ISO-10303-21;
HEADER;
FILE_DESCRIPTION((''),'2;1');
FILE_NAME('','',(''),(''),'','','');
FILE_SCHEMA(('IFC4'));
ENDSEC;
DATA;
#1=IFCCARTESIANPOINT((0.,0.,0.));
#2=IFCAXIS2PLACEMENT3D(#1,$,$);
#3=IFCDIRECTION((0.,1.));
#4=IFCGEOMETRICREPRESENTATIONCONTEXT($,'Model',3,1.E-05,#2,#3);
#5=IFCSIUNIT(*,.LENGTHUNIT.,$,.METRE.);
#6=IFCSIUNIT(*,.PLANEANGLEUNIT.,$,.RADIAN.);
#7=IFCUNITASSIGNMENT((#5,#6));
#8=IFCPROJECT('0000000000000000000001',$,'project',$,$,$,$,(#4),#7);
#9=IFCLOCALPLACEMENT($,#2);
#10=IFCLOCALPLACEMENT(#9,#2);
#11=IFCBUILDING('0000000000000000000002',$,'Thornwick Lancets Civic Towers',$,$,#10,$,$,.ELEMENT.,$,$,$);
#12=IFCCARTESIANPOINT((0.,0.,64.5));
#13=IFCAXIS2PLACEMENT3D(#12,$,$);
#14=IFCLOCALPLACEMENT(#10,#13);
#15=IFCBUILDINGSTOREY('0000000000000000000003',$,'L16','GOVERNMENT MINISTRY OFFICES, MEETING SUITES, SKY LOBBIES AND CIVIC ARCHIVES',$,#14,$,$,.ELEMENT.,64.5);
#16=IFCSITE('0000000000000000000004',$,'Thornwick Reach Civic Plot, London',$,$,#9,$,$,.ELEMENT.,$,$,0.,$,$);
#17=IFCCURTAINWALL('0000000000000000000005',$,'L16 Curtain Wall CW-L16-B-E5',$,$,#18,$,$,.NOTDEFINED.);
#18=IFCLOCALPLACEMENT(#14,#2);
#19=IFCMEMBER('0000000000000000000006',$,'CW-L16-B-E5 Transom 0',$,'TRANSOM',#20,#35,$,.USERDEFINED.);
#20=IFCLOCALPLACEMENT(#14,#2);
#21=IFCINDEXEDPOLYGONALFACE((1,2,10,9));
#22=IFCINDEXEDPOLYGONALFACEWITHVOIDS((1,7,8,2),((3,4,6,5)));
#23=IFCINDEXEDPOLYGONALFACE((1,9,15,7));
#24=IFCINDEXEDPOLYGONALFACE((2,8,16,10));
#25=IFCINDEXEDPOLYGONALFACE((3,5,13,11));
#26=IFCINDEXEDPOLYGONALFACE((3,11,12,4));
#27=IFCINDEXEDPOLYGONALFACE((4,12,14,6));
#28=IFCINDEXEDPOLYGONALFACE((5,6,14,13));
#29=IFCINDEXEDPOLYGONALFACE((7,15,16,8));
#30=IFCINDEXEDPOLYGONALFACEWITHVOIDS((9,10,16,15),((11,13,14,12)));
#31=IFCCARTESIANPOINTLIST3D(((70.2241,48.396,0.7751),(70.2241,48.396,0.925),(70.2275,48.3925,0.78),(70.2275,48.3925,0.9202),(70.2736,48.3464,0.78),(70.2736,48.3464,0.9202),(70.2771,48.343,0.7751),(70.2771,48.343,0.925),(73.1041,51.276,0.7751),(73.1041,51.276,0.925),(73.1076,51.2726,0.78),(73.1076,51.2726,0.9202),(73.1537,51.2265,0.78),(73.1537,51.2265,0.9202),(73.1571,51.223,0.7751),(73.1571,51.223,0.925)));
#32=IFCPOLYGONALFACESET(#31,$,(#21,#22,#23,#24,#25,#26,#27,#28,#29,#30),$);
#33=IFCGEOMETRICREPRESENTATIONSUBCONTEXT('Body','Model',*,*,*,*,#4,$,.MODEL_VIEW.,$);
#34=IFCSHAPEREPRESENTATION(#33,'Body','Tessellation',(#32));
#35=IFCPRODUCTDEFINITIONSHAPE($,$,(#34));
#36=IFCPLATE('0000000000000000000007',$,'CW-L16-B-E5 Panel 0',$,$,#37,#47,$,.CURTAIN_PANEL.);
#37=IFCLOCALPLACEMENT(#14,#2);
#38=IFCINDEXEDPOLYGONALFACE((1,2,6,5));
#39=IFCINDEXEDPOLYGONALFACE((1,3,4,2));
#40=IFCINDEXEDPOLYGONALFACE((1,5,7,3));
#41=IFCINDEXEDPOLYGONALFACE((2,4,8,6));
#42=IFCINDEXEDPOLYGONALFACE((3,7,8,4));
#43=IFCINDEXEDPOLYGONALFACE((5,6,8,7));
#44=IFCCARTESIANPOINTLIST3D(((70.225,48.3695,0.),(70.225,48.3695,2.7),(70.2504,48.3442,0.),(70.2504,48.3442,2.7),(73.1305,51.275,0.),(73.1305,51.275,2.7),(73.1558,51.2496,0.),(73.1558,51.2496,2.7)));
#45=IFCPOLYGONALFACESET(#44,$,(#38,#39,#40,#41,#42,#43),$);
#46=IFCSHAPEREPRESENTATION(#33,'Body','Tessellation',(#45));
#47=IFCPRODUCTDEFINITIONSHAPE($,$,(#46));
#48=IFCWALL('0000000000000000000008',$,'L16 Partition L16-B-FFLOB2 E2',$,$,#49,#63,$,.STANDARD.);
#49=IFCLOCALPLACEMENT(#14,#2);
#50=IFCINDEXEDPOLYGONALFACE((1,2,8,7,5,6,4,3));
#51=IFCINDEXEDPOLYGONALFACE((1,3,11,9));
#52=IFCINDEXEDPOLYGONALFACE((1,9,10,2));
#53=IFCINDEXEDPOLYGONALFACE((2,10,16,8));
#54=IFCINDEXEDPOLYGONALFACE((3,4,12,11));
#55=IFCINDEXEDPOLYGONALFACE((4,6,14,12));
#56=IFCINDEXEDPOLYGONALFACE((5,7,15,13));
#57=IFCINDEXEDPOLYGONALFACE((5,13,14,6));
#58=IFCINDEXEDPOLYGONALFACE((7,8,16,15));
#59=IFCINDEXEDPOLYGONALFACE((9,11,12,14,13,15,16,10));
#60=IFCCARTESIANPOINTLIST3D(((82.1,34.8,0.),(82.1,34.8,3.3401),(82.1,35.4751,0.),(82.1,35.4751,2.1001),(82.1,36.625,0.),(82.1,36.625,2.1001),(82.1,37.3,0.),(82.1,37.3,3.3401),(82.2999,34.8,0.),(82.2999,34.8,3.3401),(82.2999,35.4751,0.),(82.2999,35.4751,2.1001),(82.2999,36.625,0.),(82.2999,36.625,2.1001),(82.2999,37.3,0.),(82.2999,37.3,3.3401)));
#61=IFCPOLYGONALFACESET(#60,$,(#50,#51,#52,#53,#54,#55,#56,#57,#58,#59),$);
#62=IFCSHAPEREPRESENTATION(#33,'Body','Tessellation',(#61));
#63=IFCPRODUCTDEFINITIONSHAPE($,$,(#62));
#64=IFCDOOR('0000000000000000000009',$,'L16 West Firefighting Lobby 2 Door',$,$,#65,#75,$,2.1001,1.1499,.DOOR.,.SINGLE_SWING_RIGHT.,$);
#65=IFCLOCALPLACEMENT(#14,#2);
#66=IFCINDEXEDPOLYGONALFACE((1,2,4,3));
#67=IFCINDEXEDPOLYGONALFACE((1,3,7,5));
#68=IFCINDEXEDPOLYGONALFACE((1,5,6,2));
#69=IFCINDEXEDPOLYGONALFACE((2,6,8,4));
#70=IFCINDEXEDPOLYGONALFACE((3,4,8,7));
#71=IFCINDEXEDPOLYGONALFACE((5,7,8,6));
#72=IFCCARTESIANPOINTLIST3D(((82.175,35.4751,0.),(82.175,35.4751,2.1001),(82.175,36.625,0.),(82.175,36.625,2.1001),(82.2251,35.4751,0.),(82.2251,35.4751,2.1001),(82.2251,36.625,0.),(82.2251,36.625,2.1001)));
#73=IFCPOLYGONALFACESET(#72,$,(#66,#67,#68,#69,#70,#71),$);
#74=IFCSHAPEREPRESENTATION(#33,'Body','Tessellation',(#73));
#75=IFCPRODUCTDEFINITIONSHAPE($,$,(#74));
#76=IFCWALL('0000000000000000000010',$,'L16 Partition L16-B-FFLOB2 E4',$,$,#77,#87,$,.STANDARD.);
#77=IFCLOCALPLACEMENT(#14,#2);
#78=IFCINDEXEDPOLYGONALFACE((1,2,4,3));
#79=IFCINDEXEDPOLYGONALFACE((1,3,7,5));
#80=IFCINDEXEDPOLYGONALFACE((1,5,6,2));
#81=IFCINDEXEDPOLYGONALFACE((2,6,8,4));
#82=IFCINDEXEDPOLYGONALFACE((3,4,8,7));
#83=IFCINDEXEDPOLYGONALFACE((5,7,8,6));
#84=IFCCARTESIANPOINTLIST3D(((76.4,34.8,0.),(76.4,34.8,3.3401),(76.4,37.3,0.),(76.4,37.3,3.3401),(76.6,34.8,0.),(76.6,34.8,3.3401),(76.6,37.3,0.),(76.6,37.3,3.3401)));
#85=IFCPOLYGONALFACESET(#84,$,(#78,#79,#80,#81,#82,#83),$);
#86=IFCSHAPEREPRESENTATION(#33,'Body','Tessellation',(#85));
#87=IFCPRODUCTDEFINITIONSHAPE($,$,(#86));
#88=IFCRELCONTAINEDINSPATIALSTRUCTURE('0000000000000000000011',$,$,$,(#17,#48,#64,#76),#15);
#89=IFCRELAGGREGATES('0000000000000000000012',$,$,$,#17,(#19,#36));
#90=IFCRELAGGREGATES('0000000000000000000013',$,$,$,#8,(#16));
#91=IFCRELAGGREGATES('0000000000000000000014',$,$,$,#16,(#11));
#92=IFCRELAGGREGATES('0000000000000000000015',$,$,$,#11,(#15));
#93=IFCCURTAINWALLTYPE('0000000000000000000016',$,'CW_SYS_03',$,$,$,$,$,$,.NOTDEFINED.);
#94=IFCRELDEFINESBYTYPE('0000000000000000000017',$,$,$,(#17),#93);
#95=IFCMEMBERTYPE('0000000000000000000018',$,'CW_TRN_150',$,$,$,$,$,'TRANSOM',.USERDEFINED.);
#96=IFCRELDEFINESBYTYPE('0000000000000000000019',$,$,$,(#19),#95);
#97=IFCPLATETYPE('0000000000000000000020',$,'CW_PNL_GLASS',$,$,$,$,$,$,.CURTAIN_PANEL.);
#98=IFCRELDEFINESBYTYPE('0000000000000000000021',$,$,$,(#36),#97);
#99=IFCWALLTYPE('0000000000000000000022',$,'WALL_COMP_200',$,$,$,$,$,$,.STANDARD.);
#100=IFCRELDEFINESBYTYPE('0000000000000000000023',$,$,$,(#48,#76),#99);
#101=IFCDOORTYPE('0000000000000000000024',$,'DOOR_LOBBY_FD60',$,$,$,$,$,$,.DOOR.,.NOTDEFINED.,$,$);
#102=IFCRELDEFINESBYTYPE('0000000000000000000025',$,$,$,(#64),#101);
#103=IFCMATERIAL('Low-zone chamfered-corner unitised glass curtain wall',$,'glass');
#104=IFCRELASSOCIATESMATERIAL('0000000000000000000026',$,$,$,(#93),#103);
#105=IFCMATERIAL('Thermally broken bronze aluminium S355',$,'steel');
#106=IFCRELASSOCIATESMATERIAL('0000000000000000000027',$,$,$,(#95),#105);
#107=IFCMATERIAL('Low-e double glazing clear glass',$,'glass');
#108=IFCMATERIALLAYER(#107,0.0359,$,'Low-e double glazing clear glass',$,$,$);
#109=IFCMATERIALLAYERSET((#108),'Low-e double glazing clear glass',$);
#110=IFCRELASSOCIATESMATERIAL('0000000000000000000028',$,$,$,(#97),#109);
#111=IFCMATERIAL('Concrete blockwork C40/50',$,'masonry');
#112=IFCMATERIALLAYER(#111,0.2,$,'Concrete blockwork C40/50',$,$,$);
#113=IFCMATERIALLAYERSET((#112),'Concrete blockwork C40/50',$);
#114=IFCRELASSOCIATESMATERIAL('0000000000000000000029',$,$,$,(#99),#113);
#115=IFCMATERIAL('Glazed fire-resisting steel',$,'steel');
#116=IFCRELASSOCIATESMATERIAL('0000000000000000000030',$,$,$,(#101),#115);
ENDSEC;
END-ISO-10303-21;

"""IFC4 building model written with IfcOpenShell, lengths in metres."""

from ifc_helpers import new_model, si_unit, direction, frame, frame_2d, origin, origin_2d, place, context, subcontext, project, spatial, rectangle, hollow_rectangle, extrude, material, layer, layer_set, material_profile, profile_set, type_object, element, fill, aggregate, save


model = new_model("IFC4")

# Units and contexts
model_context = context("Model", 3, precision=1e-05, world=origin(), true_north=direction((0.0, 1.0)))
body_context = subcontext(model_context, "Body", "Model", "MODEL_VIEW")
ifc_project = project(units=[si_unit("LENGTHUNIT", "METRE"), si_unit("PLANEANGLEUNIT", "RADIAN")], contexts=[model_context])

# Site, building, storey
site_placement = place(None, origin())
site = spatial("IfcSite", under=ifc_project, at=site_placement, Name="Thornwick Reach Civic Plot, London", CompositionType="ELEMENT", RefElevation=0.0)
building_placement = place(site_placement, origin())
building = spatial("IfcBuilding", under=site, at=building_placement, Name="Thornwick Lancets Civic Towers", CompositionType="ELEMENT")
storey_placement = place(building_placement, frame((0.0, 0.0, 64.5)))
storey = spatial("IfcBuildingStorey", under=building, at=storey_placement, Name="L16", Description="GOVERNMENT MINISTRY OFFICES, MEETING SUITES, SKY LOBBIES AND CIVIC ARCHIVES", CompositionType="ELEMENT", Elevation=64.5)

# Curtain wall, member, plate
ifc_material_1 = material(Name="Low-zone chamfered-corner unitised glass curtain wall", Category="glass")
curtain_wall_type = type_object("IfcCurtainWallType", Name="CW_SYS_03", PredefinedType="NOTDEFINED", material=ifc_material_1)
curtain_wall_placement = place(storey_placement, origin())
curtain_wall = element("IfcCurtainWall", 1, at=curtain_wall_placement, inside=storey, type_object=curtain_wall_type, Name="L16 Curtain Wall CW-L16-B-E5", PredefinedType="NOTDEFINED")
ifc_material_2 = material(Name="Thermally broken bronze aluminium S355", Category="steel")
ifc_material_profile_1 = material_profile(ifc_material_2, hollow_rectangle(XDim=0.075, YDim=0.1499, WallThickness=0.0049, at=origin_2d()), Name="RHS 150x75x5")
ifc_profile_set_1 = profile_set([ifc_material_profile_1], Name="Thermally broken bronze aluminium S355")
member_type_1 = type_object("IfcMemberType", Name="CW_TRN_150", ElementType="TRANSOM", PredefinedType="USERDEFINED", material=ifc_profile_set_1)
member_1_placement = place(storey_placement, frame((73.1306, 51.2495, 0.8501), z_axis=(-0.707107, -0.707107, 0.0), x_axis=(0.707107, -0.707107, 0.0)))
member_1 = element("IfcMember", 2, at=member_1_placement, type_object=member_type_1, Name="CW-L16-B-E5 Transom 0", ObjectType="TRANSOM", PredefinedType="USERDEFINED", context=body_context, shape_type="SweptSolid", body=[
    extrude(hollow_rectangle(XDim=0.075, YDim=0.1499, WallThickness=0.0049, at=origin_2d()), origin(), (0.0, 0.0, 1.0), 4.073),
])
ifc_material_3 = material(Name="Low-e double glazing clear glass", Category="glass")
ifc_layer_1 = layer(ifc_material_3, 0.0359, Name="Low-e double glazing clear glass")
ifc_layer_set_1 = layer_set([ifc_layer_1], Name="Low-e double glazing clear glass")
plate_type = type_object("IfcPlateType", Name="CW_PNL_GLASS", PredefinedType="CURTAIN_PANEL", material=ifc_layer_set_1)
plate_placement = place(storey_placement, frame((71.6904, 49.8096, 0.0), z_axis=(0.0, 0.0, 1.0), x_axis=(-0.707107, -0.707107, 0.0)))
plate = element("IfcPlate", 3, at=plate_placement, type_object=plate_type, Name="CW-L16-B-E5 Panel 0", PredefinedType="CURTAIN_PANEL", context=body_context, shape_type="SweptSolid", body=[
    extrude(rectangle(XDim=4.1089, YDim=0.0359, at=origin_2d()), origin(), (0.0, 0.0, 1.0), 2.7),
])
aggregate(curtain_wall, [member_1, plate])

# Wall, opening, door
ifc_material_4 = material(Name="Concrete blockwork C40/50", Category="masonry")
ifc_layer_2 = layer(ifc_material_4, 0.2, Name="Concrete blockwork C40/50")
ifc_layer_set_2 = layer_set([ifc_layer_2], Name="Concrete blockwork C40/50")
wall_type_1 = type_object("IfcWallType", Name="WALL_COMP_200", PredefinedType="STANDARD", material=ifc_layer_set_2)
wall_1_placement = place(storey_placement, frame((82.2, 34.8, 0.0), z_axis=(0.0, 0.0, 1.0), x_axis=(0.0, 1.0, 0.0)))
wall_1 = element("IfcWall", 4, at=wall_1_placement, inside=storey, type_object=wall_type_1, Name="L16 Partition L16-B-FFLOB2 E2", PredefinedType="STANDARD", context=body_context, shape_type="SweptSolid", body=[
    extrude(rectangle(XDim=2.5, YDim=0.2, at=frame_2d((1.25, 0.0))), origin(), (0.0, 0.0, 1.0), 3.3401),
])
opening_1_placement = place(wall_1_placement, frame((0.675, 0.0, 0.0)))
opening_1 = element("IfcOpeningElement", 5, at=opening_1_placement, cuts=wall_1, PredefinedType="OPENING", context=body_context, shape_type="SweptSolid", body=[
    extrude(rectangle(XDim=1.1499, YDim=2.1001, at=frame_2d((0.575, 1.05))), frame((0.0, 0.1099, 0.0), z_axis=(0.0, -1.0, 0.0), x_axis=(1.0, 0.0, 0.0)), (0.0, 0.0, 1.0), 0.22),
])
ifc_material_5 = material(Name="Glazed fire-resisting steel", Category="steel")
door_type = type_object("IfcDoorType", Name="DOOR_LOBBY_FD60", OperationType="NOTDEFINED", PredefinedType="DOOR", material=ifc_material_5)
door_placement = place(opening_1_placement, origin())
door = element("IfcDoor", 6, at=door_placement, inside=storey, type_object=door_type, Name="L16 West Firefighting Lobby 2 Door", OperationType="SINGLE_SWING_RIGHT", OverallHeight=2.1001, OverallWidth=1.1499, PredefinedType="DOOR", context=body_context, shape_type="SweptSolid", body=[
    extrude(rectangle(XDim=1.1499, YDim=2.1001, at=frame_2d((0.575, 1.05))), frame((0.0, 0.0249, 0.0), z_axis=(0.0, -1.0, 0.0), x_axis=(1.0, 0.0, 0.0)), (0.0, 0.0, 1.0), 0.05),
])
fill(opening_1, door)

# Wall
wall_2_placement = place(storey_placement, frame((76.5, 37.3, 0.0), z_axis=(0.0, 0.0, 1.0), x_axis=(0.0, -1.0, 0.0)))
element("IfcWall", 7, at=wall_2_placement, inside=storey, type_object=wall_type_1, Name="L16 Partition L16-B-FFLOB2 E4", PredefinedType="STANDARD", context=body_context, shape_type="SweptSolid", body=[
    extrude(rectangle(XDim=2.5, YDim=0.2, at=frame_2d((1.25, 0.0))), origin(), (0.0, 0.0, 1.0), 3.3401),
])

save(model, "model.ifc")
